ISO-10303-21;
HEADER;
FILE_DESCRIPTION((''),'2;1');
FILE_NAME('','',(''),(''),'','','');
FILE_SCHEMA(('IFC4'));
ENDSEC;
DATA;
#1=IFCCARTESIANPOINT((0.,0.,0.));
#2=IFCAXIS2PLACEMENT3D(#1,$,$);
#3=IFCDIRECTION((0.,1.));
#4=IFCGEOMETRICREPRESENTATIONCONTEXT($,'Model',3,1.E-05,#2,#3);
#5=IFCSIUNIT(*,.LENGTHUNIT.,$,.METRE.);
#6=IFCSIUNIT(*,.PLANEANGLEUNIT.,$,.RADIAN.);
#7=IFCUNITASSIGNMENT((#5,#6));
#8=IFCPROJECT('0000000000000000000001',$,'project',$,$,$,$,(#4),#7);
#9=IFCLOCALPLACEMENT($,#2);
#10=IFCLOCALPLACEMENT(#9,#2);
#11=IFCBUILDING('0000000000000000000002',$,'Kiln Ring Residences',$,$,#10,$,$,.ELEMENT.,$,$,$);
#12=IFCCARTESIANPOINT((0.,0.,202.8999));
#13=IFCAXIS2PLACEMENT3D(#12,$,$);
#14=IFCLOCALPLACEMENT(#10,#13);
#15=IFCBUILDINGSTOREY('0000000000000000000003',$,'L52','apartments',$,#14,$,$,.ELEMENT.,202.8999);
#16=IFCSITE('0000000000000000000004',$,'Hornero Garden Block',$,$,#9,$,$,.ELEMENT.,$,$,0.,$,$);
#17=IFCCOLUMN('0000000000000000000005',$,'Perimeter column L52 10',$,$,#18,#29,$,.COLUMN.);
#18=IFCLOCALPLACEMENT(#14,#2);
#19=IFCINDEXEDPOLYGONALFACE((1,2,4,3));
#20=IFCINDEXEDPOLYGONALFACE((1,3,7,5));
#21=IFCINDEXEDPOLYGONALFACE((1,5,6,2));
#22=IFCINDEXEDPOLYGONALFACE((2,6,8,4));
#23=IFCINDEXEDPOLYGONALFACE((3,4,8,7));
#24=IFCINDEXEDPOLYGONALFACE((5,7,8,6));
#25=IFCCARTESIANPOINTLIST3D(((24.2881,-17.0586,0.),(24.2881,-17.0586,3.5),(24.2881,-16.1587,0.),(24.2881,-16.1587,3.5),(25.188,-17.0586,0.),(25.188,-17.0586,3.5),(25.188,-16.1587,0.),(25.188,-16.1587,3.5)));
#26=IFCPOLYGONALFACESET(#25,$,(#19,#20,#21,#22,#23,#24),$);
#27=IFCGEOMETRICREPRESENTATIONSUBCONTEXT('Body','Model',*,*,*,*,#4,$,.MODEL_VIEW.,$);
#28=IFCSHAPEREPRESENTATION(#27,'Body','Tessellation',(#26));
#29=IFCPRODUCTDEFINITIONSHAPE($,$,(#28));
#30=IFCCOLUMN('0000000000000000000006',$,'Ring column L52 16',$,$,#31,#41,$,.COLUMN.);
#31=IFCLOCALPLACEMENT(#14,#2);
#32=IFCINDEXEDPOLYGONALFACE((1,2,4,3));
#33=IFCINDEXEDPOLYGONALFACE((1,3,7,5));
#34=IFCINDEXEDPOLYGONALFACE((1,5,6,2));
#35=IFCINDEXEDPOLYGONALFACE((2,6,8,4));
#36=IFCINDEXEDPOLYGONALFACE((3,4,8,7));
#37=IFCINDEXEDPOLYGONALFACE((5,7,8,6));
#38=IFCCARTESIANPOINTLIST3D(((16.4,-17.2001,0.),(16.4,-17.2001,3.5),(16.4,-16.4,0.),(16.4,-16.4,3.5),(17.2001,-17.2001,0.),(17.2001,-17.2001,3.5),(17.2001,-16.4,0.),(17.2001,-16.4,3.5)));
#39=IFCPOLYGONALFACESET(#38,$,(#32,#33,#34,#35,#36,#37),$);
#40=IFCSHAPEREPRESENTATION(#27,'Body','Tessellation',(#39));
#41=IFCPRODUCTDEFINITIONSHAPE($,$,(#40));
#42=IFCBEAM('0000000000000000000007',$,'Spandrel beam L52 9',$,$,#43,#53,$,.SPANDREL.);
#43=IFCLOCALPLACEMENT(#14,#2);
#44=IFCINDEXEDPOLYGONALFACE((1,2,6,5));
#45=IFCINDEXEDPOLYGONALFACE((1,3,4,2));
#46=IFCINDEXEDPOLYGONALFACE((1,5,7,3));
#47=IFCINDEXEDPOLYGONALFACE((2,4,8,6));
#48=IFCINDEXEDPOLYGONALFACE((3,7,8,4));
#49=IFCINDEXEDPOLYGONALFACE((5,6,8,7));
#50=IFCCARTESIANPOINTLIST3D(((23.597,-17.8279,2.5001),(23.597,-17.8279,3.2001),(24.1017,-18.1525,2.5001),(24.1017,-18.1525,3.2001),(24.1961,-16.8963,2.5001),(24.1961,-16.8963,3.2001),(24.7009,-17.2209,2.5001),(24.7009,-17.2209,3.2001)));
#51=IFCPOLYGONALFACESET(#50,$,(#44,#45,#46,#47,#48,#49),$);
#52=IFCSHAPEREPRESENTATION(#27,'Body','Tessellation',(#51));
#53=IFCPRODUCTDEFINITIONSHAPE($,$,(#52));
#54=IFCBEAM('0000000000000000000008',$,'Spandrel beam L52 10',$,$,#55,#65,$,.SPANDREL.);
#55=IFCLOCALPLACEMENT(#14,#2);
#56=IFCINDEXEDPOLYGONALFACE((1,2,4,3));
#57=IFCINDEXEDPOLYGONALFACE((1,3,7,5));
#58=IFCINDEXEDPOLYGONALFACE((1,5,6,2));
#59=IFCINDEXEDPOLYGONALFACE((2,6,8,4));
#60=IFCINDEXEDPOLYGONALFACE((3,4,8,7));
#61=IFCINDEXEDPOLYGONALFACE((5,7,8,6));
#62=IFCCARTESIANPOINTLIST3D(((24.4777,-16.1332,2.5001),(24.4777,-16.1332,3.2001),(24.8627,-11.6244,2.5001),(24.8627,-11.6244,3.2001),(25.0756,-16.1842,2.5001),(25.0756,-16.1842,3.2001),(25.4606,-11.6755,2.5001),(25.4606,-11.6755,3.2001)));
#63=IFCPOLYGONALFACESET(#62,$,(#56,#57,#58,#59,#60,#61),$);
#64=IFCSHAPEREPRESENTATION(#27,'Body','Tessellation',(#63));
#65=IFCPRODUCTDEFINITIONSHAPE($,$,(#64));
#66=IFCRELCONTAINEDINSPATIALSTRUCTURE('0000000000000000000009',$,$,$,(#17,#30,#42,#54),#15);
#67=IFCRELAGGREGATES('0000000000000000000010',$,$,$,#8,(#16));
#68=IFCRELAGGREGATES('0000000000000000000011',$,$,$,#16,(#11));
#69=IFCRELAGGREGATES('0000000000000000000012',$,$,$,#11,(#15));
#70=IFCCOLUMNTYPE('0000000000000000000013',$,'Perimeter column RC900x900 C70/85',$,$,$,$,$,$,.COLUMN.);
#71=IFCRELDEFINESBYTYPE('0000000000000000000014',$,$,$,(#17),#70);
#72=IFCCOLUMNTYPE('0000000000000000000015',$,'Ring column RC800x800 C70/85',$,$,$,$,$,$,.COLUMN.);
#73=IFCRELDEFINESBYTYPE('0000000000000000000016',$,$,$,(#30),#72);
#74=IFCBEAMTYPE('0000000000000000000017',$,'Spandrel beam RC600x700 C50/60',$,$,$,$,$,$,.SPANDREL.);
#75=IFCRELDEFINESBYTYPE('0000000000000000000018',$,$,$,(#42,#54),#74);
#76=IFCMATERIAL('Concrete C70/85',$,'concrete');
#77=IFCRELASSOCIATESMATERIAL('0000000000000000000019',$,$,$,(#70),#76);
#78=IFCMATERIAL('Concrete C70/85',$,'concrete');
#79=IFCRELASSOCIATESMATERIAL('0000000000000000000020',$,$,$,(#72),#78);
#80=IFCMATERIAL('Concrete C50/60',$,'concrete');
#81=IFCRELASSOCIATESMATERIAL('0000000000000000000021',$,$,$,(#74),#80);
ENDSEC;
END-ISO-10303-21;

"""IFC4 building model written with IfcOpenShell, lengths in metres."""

from ifc_helpers import new_model, si_unit, direction, frame, origin, origin_2d, place, context, subcontext, project, spatial, rectangle, extrude, material, material_profile, profile_set, type_object, element, save


model = new_model("IFC4")

# Units and contexts
model_context = context("Model", 3, precision=1e-05, world=origin(), true_north=direction((0.0, 1.0)))
body_context = subcontext(model_context, "Body", "Model", "MODEL_VIEW")
ifc_project = project(units=[si_unit("LENGTHUNIT", "METRE"), si_unit("PLANEANGLEUNIT", "RADIAN")], contexts=[model_context])

# Site, building, storey
site_placement = place(None, origin())
site = spatial("IfcSite", under=ifc_project, at=site_placement, Name="Hornero Garden Block", CompositionType="ELEMENT", RefElevation=0.0)
building_placement = place(site_placement, origin())
building = spatial("IfcBuilding", under=site, at=building_placement, Name="Kiln Ring Residences", CompositionType="ELEMENT")
storey_placement = place(building_placement, frame((0.0, 0.0, 202.8999)))
storey = spatial("IfcBuildingStorey", under=building, at=storey_placement, Name="L52", Description="apartments", CompositionType="ELEMENT", Elevation=202.8999)

# Columns
ifc_material_1 = material(Name="Concrete C70/85", Category="concrete")
ifc_material_profile_1 = material_profile(ifc_material_1, rectangle(XDim=0.8999, YDim=0.8999, at=origin_2d()), Name="RC900x900")
ifc_profile_set_1 = profile_set([ifc_material_profile_1], Name="Concrete C70/85")
column_type_1 = type_object("IfcColumnType", Name="Perimeter column RC900x900 C70/85", PredefinedType="COLUMN", material=ifc_profile_set_1)
column_1_placement = place(storey_placement, frame((24.738, -16.6086, 0.0), z_axis=(0.0, 0.0, 1.0), x_axis=(1.0, 0.0, 0.0)))
element("IfcColumn", 1, at=column_1_placement, inside=storey, type_object=column_type_1, Name="Perimeter column L52 10", PredefinedType="COLUMN", context=body_context, shape_type="SweptSolid", body=[
    extrude(rectangle(XDim=0.8999, YDim=0.8999, at=origin_2d()), origin(), (0.0, 0.0, 1.0), 3.5),
])
ifc_material_2 = material(Name="Concrete C70/85", Category="concrete")
ifc_material_profile_2 = material_profile(ifc_material_2, rectangle(XDim=0.8, YDim=0.8, at=origin_2d()), Name="RC800x800")
ifc_profile_set_2 = profile_set([ifc_material_profile_2], Name="Concrete C70/85")
column_type_2 = type_object("IfcColumnType", Name="Ring column RC800x800 C70/85", PredefinedType="COLUMN", material=ifc_profile_set_2)
column_2_placement = place(storey_placement, frame((16.8, -16.8, 0.0), z_axis=(0.0, 0.0, 1.0), x_axis=(1.0, 0.0, 0.0)))
element("IfcColumn", 2, at=column_2_placement, inside=storey, type_object=column_type_2, Name="Ring column L52 16", PredefinedType="COLUMN", context=body_context, shape_type="SweptSolid", body=[
    extrude(rectangle(XDim=0.8, YDim=0.8, at=origin_2d()), origin(), (0.0, 0.0, 1.0), 3.5),
])

# Beams
ifc_material_3 = material(Name="Concrete C50/60", Category="concrete")
ifc_material_profile_3 = material_profile(ifc_material_3, rectangle(XDim=0.6001, YDim=0.7, at=origin_2d()), Name="RC600x700")
ifc_profile_set_3 = profile_set([ifc_material_profile_3], Name="Concrete C50/60")
beam_type = type_object("IfcBeamType", Name="Spandrel beam RC600x700 C50/60", PredefinedType="SPANDREL", material=ifc_profile_set_3)
beam_1_placement = place(storey_placement, frame((23.8494, -17.9902, 2.8501), z_axis=(0.540891, 0.841093, 0.0), x_axis=(-0.841093, 0.540891, 0.0)))
element("IfcBeam", 3, at=beam_1_placement, inside=storey, type_object=beam_type, Name="Spandrel beam L52 9", PredefinedType="SPANDREL", context=body_context, shape_type="SweptSolid", body=[
    extrude(rectangle(XDim=0.6001, YDim=0.7, at=origin_2d()), origin(), (0.0, 0.0, 1.0), 1.1077),
])
beam_2_placement = place(storey_placement, frame((24.7766, -16.1587, 2.8501), z_axis=(0.085081, 0.996374, 0.0), x_axis=(-0.996374, 0.085081, 0.0)))
element("IfcBeam", 4, at=beam_2_placement, inside=storey, type_object=beam_type, Name="Spandrel beam L52 10", PredefinedType="SPANDREL", context=body_context, shape_type="SweptSolid", body=[
    extrude(rectangle(XDim=0.6001, YDim=0.7, at=origin_2d()), origin(), (0.0, 0.0, 1.0), 4.5251),
])

save(model, "model.ifc")
